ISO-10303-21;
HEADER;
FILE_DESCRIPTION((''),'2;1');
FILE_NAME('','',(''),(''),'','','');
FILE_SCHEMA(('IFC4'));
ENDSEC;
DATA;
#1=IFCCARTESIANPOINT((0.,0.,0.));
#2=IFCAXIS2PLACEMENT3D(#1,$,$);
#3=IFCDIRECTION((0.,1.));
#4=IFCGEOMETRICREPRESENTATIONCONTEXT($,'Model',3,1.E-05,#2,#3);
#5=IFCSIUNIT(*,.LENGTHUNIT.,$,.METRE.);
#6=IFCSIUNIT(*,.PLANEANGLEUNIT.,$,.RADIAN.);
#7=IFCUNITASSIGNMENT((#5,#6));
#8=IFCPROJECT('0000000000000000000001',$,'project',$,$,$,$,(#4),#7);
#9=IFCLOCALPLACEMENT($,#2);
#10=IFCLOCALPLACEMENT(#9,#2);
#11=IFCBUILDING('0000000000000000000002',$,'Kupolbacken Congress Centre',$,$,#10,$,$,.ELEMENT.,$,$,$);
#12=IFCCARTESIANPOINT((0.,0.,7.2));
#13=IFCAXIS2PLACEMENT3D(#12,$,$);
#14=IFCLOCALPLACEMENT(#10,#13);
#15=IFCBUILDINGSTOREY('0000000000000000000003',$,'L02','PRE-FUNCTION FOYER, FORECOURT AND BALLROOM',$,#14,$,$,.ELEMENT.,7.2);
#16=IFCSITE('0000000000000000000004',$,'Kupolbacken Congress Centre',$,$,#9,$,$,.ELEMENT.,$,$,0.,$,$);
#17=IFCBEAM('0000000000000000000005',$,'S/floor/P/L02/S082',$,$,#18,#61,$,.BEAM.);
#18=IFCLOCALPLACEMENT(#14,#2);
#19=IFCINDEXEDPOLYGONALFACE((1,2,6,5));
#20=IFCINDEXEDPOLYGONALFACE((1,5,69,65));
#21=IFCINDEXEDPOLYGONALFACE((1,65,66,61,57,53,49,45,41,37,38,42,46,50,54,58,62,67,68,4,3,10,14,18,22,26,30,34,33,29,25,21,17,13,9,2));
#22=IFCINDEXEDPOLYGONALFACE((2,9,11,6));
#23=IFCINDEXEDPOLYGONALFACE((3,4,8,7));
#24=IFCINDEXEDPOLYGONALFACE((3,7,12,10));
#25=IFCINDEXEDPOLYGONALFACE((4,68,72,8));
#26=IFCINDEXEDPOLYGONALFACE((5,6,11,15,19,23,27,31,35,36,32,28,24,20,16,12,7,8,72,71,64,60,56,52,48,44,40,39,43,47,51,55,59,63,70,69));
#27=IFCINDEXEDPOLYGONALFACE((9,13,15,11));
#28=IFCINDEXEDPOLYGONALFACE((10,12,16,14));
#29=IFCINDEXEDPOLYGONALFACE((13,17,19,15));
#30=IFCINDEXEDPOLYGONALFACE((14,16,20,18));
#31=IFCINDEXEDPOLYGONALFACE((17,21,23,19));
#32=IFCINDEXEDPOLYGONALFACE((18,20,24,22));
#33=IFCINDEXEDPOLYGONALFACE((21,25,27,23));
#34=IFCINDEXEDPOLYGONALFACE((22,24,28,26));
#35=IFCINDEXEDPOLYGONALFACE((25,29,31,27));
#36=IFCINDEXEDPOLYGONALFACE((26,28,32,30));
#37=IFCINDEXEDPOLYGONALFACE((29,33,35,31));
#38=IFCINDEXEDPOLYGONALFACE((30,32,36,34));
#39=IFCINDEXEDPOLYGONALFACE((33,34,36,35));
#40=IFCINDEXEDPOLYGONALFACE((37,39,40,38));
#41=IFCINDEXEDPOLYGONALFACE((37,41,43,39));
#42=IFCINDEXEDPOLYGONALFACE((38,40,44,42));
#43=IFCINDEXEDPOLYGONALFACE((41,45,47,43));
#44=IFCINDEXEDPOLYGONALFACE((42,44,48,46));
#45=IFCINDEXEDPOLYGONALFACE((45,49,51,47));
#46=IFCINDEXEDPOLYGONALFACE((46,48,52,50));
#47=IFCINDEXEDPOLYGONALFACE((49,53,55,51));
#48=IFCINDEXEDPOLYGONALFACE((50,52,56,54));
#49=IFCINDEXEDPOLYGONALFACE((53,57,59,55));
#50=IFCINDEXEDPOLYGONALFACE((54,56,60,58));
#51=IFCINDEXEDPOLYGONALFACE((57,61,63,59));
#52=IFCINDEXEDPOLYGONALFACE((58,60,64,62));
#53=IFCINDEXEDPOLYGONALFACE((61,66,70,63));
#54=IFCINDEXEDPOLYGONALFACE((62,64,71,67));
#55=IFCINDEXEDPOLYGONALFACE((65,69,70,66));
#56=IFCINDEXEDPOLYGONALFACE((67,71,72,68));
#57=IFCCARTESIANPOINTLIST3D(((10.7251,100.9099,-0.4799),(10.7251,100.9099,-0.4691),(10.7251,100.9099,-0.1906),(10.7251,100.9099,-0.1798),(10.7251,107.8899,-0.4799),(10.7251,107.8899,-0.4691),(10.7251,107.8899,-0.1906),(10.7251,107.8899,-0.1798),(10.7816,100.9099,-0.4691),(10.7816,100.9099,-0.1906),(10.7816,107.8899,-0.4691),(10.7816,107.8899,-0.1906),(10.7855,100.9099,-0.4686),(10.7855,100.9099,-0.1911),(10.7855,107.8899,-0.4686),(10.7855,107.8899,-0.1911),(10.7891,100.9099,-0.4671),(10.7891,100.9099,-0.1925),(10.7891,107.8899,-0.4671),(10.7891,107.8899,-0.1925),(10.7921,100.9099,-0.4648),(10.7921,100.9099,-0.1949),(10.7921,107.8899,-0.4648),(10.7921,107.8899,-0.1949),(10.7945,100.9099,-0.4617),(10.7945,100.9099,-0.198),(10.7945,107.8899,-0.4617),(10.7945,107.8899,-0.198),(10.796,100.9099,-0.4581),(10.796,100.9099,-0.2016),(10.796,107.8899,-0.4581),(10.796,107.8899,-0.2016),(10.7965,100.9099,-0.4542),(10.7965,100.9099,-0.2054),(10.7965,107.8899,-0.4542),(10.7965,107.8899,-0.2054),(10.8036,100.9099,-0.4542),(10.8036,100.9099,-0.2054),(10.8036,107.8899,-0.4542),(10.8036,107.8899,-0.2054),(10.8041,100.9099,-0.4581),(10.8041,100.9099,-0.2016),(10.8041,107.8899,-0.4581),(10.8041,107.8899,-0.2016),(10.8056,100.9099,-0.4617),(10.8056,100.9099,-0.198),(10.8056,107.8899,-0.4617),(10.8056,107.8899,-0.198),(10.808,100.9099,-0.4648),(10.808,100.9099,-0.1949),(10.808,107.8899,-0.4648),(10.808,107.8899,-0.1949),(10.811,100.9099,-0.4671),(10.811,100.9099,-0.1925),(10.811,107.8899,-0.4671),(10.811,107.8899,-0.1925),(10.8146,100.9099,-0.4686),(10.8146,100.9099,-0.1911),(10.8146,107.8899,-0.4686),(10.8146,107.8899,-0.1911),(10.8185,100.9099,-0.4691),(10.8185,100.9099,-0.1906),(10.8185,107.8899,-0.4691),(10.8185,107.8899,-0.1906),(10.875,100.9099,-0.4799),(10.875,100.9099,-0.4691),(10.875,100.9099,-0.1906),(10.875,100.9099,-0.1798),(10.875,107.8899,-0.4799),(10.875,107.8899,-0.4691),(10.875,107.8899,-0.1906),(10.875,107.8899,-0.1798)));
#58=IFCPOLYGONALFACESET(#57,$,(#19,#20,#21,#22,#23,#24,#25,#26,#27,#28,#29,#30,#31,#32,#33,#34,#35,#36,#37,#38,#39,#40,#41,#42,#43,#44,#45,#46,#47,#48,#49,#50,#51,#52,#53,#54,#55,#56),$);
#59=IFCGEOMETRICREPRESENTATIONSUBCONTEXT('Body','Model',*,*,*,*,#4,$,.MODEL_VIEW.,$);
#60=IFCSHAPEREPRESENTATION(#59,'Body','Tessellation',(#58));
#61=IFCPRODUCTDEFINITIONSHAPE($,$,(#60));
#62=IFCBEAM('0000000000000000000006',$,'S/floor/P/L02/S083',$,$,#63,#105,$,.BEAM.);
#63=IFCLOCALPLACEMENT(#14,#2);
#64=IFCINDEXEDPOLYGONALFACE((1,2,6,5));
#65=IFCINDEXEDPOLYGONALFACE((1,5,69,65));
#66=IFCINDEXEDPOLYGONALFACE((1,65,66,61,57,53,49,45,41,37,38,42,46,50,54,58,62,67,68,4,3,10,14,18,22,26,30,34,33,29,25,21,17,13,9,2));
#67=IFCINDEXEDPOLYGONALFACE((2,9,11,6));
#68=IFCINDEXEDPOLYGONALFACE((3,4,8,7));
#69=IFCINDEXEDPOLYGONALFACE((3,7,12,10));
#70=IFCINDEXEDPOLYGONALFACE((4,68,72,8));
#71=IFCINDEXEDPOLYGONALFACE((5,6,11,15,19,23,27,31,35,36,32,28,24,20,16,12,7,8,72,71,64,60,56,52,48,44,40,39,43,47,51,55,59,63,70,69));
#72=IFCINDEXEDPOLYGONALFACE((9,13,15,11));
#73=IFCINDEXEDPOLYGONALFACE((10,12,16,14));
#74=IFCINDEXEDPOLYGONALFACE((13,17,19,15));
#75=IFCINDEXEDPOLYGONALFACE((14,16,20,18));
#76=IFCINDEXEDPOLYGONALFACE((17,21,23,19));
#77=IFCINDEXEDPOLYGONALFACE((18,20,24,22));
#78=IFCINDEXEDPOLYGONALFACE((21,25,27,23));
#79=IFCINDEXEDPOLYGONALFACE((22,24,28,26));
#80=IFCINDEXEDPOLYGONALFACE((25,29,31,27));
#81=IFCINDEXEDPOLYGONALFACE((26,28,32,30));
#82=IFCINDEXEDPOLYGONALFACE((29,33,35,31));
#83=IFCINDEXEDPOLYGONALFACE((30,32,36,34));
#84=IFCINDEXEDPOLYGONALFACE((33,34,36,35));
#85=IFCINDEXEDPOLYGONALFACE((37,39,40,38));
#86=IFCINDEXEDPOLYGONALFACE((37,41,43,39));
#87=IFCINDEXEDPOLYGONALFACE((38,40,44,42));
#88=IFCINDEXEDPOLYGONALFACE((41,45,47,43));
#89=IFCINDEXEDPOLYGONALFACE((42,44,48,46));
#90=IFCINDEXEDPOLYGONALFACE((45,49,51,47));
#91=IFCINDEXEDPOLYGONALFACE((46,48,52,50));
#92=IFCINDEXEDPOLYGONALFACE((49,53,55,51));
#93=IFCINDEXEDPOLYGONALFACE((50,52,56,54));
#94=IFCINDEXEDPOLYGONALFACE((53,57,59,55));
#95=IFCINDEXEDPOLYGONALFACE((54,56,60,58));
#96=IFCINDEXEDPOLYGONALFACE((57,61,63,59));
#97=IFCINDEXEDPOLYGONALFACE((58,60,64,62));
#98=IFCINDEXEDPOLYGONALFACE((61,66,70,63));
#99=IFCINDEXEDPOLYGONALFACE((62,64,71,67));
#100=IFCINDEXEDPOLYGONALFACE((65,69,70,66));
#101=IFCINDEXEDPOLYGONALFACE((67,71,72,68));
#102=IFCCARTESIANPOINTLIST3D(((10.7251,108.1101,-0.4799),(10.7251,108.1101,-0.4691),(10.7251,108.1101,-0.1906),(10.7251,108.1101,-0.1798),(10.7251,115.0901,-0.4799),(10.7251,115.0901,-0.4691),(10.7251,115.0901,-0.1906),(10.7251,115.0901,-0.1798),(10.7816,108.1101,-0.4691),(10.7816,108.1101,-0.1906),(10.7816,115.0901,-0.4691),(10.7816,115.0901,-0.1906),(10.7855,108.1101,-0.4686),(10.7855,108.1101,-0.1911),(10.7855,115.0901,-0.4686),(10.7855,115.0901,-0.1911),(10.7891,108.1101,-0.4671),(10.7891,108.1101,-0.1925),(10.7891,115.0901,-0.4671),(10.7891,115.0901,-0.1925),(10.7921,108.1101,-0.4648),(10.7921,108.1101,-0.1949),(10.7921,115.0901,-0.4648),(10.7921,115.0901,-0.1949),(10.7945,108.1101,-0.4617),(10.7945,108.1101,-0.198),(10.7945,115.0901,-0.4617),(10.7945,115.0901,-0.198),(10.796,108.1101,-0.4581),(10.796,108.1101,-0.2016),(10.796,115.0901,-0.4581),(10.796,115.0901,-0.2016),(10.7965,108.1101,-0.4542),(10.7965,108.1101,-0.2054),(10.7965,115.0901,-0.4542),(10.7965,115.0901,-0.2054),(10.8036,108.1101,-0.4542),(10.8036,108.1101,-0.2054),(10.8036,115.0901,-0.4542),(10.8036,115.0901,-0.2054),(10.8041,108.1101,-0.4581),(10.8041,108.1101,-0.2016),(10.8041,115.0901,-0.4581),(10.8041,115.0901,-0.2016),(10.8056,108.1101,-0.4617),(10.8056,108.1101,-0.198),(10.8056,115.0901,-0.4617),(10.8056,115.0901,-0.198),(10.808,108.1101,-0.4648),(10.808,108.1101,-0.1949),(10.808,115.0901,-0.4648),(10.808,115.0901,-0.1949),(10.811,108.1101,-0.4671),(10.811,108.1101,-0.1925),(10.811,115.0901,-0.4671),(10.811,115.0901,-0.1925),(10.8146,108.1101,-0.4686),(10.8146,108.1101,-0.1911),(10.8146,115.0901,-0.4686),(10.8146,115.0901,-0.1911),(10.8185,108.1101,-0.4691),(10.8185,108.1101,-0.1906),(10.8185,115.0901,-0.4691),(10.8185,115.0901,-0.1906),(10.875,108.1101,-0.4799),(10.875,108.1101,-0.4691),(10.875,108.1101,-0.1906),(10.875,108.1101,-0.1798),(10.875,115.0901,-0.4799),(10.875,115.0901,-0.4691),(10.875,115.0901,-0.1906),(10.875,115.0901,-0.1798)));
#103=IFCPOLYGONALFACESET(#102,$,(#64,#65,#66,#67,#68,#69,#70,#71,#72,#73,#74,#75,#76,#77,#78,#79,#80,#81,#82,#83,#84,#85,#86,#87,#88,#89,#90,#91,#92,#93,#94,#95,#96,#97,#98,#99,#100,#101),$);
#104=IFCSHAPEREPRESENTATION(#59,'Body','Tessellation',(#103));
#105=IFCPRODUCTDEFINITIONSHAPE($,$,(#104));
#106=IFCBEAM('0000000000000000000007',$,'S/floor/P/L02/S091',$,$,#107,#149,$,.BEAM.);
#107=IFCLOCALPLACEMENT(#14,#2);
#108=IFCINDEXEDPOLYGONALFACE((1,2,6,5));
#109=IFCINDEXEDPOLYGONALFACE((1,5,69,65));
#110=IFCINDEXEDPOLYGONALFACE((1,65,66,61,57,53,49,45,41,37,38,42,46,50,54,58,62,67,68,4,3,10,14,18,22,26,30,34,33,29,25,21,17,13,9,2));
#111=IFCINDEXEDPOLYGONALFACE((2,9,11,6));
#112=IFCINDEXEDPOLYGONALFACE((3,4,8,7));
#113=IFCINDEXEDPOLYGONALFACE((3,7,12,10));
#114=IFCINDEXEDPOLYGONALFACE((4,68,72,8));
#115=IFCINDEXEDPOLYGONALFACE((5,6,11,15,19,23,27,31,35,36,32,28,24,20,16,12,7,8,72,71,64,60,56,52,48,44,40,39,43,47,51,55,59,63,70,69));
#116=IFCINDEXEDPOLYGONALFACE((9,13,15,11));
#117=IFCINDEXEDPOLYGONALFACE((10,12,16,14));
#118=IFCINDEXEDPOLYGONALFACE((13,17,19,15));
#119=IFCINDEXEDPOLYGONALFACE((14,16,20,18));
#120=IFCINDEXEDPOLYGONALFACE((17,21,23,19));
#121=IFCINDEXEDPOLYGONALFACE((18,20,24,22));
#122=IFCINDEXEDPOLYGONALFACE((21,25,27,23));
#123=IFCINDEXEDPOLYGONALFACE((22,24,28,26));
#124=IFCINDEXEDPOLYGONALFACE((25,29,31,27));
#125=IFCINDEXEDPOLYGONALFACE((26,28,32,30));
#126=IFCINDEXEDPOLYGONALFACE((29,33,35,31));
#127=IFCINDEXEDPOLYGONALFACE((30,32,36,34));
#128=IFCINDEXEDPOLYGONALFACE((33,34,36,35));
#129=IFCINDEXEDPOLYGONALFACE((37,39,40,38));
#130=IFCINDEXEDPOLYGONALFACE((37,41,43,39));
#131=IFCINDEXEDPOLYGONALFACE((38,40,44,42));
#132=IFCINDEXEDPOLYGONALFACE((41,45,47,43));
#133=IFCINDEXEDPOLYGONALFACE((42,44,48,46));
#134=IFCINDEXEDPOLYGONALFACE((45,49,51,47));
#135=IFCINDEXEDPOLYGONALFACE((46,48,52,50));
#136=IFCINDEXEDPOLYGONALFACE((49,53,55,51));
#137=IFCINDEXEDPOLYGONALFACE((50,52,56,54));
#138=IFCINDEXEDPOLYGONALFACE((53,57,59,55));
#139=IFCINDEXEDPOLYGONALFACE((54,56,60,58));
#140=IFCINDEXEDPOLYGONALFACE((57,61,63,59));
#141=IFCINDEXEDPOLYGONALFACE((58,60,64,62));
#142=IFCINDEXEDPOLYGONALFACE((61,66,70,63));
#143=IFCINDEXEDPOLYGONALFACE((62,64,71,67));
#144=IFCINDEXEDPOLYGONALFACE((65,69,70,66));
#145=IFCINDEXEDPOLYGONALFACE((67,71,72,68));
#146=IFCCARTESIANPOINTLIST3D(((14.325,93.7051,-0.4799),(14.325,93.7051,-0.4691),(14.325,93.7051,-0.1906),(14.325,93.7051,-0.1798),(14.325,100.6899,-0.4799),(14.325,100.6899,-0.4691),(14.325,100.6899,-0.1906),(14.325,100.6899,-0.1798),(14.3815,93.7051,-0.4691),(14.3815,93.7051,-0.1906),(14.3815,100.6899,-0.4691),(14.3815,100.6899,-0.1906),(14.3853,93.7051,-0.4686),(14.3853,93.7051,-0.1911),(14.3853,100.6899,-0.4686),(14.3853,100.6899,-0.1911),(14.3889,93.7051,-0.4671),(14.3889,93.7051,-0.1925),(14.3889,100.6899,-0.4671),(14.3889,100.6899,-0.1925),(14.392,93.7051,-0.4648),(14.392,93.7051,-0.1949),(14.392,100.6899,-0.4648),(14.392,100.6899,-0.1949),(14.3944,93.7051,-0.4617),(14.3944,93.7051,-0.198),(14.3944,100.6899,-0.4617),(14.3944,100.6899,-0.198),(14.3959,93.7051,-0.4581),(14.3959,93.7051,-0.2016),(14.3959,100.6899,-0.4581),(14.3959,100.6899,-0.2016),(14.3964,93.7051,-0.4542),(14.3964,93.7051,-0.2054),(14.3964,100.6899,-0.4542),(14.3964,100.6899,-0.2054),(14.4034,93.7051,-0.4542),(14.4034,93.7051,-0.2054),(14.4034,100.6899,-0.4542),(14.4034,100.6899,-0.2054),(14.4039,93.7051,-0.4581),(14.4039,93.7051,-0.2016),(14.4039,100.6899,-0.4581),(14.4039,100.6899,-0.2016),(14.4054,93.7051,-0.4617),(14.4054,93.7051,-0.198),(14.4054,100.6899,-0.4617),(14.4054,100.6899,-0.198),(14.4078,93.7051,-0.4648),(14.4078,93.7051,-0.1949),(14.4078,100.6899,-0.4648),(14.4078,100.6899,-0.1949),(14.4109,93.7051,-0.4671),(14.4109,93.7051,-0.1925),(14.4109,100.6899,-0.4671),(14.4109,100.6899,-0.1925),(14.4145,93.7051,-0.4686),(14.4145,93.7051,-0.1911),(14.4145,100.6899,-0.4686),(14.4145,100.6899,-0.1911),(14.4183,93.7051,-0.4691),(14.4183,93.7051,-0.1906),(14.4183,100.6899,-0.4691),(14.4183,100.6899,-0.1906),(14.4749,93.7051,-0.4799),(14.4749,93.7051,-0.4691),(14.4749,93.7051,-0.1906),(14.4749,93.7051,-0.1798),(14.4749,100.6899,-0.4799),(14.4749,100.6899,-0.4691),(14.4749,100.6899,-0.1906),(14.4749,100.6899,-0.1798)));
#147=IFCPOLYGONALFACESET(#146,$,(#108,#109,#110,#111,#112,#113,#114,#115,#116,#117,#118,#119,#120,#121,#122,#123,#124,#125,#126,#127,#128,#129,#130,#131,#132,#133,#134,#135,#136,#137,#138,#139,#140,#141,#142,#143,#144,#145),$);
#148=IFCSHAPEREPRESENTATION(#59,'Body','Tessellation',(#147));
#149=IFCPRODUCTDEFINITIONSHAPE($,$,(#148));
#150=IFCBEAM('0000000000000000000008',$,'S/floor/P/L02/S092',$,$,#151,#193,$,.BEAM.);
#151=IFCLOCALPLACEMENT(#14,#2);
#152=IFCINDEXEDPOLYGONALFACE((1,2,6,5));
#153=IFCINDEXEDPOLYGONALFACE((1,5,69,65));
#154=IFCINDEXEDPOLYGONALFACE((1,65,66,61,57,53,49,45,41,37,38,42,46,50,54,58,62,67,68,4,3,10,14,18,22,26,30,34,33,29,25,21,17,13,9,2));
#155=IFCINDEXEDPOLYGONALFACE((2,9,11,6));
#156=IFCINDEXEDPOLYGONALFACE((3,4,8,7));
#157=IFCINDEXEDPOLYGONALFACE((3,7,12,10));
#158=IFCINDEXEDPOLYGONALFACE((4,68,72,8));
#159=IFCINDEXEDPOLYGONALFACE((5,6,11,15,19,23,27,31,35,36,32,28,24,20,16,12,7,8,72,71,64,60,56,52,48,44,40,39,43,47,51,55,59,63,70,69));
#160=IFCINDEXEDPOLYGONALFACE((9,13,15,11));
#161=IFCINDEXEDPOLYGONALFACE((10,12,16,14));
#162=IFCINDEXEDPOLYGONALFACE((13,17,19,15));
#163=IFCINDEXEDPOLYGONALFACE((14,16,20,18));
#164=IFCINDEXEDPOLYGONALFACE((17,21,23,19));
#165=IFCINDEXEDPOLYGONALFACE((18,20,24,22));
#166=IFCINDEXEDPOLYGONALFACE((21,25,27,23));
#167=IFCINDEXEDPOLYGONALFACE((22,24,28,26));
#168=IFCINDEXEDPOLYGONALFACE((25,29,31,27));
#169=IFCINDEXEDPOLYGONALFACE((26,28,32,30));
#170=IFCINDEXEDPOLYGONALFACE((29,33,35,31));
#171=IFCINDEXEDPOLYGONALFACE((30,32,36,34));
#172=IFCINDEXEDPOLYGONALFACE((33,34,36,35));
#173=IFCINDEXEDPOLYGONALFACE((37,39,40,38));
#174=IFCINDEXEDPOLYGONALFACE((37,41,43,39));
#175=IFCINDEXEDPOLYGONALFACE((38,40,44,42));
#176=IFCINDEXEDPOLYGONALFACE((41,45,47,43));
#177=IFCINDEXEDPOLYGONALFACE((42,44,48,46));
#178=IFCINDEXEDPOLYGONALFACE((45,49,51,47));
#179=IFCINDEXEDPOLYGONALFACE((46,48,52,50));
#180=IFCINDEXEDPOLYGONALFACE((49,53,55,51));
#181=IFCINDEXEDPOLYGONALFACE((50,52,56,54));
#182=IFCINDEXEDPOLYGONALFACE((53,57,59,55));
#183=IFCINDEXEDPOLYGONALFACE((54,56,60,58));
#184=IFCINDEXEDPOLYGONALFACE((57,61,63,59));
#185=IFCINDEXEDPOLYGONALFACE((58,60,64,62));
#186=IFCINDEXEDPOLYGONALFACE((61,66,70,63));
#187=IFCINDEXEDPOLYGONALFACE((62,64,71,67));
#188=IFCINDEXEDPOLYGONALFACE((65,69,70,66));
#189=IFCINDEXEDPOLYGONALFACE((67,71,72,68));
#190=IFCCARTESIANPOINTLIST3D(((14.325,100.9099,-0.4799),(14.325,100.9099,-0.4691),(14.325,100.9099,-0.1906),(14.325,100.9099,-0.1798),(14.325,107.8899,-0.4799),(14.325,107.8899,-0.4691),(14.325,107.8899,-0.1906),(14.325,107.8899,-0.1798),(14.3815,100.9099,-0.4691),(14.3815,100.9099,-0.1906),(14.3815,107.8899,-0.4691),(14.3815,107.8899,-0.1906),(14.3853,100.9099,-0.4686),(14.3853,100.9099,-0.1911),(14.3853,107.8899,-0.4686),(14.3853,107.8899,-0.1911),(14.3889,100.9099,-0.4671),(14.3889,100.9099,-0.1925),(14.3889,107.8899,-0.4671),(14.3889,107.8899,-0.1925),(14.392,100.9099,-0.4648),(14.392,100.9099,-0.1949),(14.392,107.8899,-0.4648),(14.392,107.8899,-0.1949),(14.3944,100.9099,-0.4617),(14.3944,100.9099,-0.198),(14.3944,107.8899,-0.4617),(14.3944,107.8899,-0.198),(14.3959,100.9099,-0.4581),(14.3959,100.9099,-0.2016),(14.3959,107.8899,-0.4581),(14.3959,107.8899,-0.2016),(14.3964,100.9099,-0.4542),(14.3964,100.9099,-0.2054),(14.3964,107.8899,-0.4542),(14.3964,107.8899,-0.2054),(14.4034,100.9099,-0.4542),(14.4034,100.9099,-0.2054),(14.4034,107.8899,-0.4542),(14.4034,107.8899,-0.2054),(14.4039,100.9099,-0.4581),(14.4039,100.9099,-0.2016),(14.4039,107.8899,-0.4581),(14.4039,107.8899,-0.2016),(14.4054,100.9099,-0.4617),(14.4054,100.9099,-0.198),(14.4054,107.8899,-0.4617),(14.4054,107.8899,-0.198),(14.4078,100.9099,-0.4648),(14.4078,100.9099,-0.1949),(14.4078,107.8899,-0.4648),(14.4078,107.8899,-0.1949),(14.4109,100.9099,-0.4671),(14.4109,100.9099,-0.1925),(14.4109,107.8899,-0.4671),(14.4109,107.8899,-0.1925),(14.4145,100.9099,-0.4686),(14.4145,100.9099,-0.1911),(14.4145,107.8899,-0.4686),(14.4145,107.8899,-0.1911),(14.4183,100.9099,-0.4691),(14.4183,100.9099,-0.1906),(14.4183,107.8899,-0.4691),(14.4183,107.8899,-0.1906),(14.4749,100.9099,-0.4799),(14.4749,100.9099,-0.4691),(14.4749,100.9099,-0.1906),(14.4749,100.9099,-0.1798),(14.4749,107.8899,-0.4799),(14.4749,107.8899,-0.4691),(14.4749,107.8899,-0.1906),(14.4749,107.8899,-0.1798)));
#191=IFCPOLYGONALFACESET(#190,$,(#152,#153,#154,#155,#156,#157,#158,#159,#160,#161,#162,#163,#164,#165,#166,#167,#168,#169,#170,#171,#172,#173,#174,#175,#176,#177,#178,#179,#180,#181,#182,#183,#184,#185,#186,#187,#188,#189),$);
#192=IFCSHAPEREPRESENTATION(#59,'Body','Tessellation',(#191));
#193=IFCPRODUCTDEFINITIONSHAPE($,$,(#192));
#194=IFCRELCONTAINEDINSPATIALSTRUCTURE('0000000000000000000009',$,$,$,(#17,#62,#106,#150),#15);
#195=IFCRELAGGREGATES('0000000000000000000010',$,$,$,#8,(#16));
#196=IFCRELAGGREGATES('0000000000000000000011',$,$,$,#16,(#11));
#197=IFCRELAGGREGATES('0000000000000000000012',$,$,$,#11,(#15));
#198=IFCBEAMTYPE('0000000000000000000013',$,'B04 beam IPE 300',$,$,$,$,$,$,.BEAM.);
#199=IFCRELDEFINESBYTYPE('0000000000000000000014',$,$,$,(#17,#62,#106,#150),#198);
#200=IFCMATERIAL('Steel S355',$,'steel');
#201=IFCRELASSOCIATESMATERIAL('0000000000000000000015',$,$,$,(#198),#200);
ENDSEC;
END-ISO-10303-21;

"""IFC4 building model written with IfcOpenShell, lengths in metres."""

from ifc_helpers import new_model, si_unit, direction, frame, origin, origin_2d, place, context, subcontext, project, spatial, i_section, extrude, material, material_profile, profile_set, type_object, element, save


model = new_model("IFC4")

# Units and contexts
model_context = context("Model", 3, precision=1e-05, world=origin(), true_north=direction((0.0, 1.0)))
body_context = subcontext(model_context, "Body", "Model", "MODEL_VIEW")
ifc_project = project(units=[si_unit("LENGTHUNIT", "METRE"), si_unit("PLANEANGLEUNIT", "RADIAN")], contexts=[model_context])

# Site, building, storey
site_placement = place(None, origin())
site = spatial("IfcSite", under=ifc_project, at=site_placement, Name="Kupolbacken Congress Centre", CompositionType="ELEMENT", RefElevation=0.0)
building_placement = place(site_placement, origin())
building = spatial("IfcBuilding", under=site, at=building_placement, Name="Kupolbacken Congress Centre", CompositionType="ELEMENT")
storey_placement = place(building_placement, frame((0.0, 0.0, 7.2)))
storey = spatial("IfcBuildingStorey", under=building, at=storey_placement, Name="L02", Description="PRE-FUNCTION FOYER, FORECOURT AND BALLROOM", CompositionType="ELEMENT", Elevation=7.2)

# Beams
ifc_material_1 = material(Name="Steel S355", Category="steel")
ifc_material_profile_1 = material_profile(ifc_material_1, i_section(OverallWidth=0.1499, OverallDepth=0.3, WebThickness=0.0071, FlangeThickness=0.0107, FilletRadius=0.0149, at=origin_2d()), Name="IPE 300")
ifc_profile_set_1 = profile_set([ifc_material_profile_1], Name="Steel S355")
beam_type_1 = type_object("IfcBeamType", Name="B04 beam IPE 300", PredefinedType="BEAM", material=ifc_profile_set_1)
for number, where, z_axis, x_axis, name in (
    (1, (10.8, 100.9099, -0.3298), (0.0, 1.0, 0.0), (-1.0, 0.0, 0.0), "S/floor/P/L02/S082"),
    (2, (10.8, 108.1101, -0.3298), (0.0, 1.0, 0.0), (-1.0, 0.0, 0.0), "S/floor/P/L02/S083"),
):
    element("IfcBeam", number, at=place(storey_placement, frame(where, z_axis=z_axis, x_axis=x_axis)), inside=storey, type_object=beam_type_1, Name=name, PredefinedType="BEAM", context=body_context, shape_type="SweptSolid", body=[
        extrude(i_section(OverallWidth=0.1499, OverallDepth=0.3, WebThickness=0.0071, FlangeThickness=0.0107, FilletRadius=0.0149, at=origin_2d()), origin(), (0.0, 0.0, 1.0), 6.98),
    ])
beam_1_placement = place(storey_placement, frame((14.3999, 93.7051, -0.3298), z_axis=(0.0, 1.0, 0.0), x_axis=(-1.0, 0.0, 0.0)))
element("IfcBeam", 3, at=beam_1_placement, inside=storey, type_object=beam_type_1, Name="S/floor/P/L02/S091", PredefinedType="BEAM", context=body_context, shape_type="SweptSolid", body=[
    extrude(i_section(OverallWidth=0.1499, OverallDepth=0.3, WebThickness=0.0071, FlangeThickness=0.0107, FilletRadius=0.0149, at=origin_2d()), origin(), (0.0, 0.0, 1.0), 6.9849),
])
beam_2_placement = place(storey_placement, frame((14.3999, 100.9099, -0.3298), z_axis=(0.0, 1.0, 0.0), x_axis=(-1.0, 0.0, 0.0)))
element("IfcBeam", 4, at=beam_2_placement, inside=storey, type_object=beam_type_1, Name="S/floor/P/L02/S092", PredefinedType="BEAM", context=body_context, shape_type="SweptSolid", body=[
    extrude(i_section(OverallWidth=0.1499, OverallDepth=0.3, WebThickness=0.0071, FlangeThickness=0.0107, FilletRadius=0.0149, at=origin_2d()), origin(), (0.0, 0.0, 1.0), 6.98),
])

save(model, "model.ifc")
